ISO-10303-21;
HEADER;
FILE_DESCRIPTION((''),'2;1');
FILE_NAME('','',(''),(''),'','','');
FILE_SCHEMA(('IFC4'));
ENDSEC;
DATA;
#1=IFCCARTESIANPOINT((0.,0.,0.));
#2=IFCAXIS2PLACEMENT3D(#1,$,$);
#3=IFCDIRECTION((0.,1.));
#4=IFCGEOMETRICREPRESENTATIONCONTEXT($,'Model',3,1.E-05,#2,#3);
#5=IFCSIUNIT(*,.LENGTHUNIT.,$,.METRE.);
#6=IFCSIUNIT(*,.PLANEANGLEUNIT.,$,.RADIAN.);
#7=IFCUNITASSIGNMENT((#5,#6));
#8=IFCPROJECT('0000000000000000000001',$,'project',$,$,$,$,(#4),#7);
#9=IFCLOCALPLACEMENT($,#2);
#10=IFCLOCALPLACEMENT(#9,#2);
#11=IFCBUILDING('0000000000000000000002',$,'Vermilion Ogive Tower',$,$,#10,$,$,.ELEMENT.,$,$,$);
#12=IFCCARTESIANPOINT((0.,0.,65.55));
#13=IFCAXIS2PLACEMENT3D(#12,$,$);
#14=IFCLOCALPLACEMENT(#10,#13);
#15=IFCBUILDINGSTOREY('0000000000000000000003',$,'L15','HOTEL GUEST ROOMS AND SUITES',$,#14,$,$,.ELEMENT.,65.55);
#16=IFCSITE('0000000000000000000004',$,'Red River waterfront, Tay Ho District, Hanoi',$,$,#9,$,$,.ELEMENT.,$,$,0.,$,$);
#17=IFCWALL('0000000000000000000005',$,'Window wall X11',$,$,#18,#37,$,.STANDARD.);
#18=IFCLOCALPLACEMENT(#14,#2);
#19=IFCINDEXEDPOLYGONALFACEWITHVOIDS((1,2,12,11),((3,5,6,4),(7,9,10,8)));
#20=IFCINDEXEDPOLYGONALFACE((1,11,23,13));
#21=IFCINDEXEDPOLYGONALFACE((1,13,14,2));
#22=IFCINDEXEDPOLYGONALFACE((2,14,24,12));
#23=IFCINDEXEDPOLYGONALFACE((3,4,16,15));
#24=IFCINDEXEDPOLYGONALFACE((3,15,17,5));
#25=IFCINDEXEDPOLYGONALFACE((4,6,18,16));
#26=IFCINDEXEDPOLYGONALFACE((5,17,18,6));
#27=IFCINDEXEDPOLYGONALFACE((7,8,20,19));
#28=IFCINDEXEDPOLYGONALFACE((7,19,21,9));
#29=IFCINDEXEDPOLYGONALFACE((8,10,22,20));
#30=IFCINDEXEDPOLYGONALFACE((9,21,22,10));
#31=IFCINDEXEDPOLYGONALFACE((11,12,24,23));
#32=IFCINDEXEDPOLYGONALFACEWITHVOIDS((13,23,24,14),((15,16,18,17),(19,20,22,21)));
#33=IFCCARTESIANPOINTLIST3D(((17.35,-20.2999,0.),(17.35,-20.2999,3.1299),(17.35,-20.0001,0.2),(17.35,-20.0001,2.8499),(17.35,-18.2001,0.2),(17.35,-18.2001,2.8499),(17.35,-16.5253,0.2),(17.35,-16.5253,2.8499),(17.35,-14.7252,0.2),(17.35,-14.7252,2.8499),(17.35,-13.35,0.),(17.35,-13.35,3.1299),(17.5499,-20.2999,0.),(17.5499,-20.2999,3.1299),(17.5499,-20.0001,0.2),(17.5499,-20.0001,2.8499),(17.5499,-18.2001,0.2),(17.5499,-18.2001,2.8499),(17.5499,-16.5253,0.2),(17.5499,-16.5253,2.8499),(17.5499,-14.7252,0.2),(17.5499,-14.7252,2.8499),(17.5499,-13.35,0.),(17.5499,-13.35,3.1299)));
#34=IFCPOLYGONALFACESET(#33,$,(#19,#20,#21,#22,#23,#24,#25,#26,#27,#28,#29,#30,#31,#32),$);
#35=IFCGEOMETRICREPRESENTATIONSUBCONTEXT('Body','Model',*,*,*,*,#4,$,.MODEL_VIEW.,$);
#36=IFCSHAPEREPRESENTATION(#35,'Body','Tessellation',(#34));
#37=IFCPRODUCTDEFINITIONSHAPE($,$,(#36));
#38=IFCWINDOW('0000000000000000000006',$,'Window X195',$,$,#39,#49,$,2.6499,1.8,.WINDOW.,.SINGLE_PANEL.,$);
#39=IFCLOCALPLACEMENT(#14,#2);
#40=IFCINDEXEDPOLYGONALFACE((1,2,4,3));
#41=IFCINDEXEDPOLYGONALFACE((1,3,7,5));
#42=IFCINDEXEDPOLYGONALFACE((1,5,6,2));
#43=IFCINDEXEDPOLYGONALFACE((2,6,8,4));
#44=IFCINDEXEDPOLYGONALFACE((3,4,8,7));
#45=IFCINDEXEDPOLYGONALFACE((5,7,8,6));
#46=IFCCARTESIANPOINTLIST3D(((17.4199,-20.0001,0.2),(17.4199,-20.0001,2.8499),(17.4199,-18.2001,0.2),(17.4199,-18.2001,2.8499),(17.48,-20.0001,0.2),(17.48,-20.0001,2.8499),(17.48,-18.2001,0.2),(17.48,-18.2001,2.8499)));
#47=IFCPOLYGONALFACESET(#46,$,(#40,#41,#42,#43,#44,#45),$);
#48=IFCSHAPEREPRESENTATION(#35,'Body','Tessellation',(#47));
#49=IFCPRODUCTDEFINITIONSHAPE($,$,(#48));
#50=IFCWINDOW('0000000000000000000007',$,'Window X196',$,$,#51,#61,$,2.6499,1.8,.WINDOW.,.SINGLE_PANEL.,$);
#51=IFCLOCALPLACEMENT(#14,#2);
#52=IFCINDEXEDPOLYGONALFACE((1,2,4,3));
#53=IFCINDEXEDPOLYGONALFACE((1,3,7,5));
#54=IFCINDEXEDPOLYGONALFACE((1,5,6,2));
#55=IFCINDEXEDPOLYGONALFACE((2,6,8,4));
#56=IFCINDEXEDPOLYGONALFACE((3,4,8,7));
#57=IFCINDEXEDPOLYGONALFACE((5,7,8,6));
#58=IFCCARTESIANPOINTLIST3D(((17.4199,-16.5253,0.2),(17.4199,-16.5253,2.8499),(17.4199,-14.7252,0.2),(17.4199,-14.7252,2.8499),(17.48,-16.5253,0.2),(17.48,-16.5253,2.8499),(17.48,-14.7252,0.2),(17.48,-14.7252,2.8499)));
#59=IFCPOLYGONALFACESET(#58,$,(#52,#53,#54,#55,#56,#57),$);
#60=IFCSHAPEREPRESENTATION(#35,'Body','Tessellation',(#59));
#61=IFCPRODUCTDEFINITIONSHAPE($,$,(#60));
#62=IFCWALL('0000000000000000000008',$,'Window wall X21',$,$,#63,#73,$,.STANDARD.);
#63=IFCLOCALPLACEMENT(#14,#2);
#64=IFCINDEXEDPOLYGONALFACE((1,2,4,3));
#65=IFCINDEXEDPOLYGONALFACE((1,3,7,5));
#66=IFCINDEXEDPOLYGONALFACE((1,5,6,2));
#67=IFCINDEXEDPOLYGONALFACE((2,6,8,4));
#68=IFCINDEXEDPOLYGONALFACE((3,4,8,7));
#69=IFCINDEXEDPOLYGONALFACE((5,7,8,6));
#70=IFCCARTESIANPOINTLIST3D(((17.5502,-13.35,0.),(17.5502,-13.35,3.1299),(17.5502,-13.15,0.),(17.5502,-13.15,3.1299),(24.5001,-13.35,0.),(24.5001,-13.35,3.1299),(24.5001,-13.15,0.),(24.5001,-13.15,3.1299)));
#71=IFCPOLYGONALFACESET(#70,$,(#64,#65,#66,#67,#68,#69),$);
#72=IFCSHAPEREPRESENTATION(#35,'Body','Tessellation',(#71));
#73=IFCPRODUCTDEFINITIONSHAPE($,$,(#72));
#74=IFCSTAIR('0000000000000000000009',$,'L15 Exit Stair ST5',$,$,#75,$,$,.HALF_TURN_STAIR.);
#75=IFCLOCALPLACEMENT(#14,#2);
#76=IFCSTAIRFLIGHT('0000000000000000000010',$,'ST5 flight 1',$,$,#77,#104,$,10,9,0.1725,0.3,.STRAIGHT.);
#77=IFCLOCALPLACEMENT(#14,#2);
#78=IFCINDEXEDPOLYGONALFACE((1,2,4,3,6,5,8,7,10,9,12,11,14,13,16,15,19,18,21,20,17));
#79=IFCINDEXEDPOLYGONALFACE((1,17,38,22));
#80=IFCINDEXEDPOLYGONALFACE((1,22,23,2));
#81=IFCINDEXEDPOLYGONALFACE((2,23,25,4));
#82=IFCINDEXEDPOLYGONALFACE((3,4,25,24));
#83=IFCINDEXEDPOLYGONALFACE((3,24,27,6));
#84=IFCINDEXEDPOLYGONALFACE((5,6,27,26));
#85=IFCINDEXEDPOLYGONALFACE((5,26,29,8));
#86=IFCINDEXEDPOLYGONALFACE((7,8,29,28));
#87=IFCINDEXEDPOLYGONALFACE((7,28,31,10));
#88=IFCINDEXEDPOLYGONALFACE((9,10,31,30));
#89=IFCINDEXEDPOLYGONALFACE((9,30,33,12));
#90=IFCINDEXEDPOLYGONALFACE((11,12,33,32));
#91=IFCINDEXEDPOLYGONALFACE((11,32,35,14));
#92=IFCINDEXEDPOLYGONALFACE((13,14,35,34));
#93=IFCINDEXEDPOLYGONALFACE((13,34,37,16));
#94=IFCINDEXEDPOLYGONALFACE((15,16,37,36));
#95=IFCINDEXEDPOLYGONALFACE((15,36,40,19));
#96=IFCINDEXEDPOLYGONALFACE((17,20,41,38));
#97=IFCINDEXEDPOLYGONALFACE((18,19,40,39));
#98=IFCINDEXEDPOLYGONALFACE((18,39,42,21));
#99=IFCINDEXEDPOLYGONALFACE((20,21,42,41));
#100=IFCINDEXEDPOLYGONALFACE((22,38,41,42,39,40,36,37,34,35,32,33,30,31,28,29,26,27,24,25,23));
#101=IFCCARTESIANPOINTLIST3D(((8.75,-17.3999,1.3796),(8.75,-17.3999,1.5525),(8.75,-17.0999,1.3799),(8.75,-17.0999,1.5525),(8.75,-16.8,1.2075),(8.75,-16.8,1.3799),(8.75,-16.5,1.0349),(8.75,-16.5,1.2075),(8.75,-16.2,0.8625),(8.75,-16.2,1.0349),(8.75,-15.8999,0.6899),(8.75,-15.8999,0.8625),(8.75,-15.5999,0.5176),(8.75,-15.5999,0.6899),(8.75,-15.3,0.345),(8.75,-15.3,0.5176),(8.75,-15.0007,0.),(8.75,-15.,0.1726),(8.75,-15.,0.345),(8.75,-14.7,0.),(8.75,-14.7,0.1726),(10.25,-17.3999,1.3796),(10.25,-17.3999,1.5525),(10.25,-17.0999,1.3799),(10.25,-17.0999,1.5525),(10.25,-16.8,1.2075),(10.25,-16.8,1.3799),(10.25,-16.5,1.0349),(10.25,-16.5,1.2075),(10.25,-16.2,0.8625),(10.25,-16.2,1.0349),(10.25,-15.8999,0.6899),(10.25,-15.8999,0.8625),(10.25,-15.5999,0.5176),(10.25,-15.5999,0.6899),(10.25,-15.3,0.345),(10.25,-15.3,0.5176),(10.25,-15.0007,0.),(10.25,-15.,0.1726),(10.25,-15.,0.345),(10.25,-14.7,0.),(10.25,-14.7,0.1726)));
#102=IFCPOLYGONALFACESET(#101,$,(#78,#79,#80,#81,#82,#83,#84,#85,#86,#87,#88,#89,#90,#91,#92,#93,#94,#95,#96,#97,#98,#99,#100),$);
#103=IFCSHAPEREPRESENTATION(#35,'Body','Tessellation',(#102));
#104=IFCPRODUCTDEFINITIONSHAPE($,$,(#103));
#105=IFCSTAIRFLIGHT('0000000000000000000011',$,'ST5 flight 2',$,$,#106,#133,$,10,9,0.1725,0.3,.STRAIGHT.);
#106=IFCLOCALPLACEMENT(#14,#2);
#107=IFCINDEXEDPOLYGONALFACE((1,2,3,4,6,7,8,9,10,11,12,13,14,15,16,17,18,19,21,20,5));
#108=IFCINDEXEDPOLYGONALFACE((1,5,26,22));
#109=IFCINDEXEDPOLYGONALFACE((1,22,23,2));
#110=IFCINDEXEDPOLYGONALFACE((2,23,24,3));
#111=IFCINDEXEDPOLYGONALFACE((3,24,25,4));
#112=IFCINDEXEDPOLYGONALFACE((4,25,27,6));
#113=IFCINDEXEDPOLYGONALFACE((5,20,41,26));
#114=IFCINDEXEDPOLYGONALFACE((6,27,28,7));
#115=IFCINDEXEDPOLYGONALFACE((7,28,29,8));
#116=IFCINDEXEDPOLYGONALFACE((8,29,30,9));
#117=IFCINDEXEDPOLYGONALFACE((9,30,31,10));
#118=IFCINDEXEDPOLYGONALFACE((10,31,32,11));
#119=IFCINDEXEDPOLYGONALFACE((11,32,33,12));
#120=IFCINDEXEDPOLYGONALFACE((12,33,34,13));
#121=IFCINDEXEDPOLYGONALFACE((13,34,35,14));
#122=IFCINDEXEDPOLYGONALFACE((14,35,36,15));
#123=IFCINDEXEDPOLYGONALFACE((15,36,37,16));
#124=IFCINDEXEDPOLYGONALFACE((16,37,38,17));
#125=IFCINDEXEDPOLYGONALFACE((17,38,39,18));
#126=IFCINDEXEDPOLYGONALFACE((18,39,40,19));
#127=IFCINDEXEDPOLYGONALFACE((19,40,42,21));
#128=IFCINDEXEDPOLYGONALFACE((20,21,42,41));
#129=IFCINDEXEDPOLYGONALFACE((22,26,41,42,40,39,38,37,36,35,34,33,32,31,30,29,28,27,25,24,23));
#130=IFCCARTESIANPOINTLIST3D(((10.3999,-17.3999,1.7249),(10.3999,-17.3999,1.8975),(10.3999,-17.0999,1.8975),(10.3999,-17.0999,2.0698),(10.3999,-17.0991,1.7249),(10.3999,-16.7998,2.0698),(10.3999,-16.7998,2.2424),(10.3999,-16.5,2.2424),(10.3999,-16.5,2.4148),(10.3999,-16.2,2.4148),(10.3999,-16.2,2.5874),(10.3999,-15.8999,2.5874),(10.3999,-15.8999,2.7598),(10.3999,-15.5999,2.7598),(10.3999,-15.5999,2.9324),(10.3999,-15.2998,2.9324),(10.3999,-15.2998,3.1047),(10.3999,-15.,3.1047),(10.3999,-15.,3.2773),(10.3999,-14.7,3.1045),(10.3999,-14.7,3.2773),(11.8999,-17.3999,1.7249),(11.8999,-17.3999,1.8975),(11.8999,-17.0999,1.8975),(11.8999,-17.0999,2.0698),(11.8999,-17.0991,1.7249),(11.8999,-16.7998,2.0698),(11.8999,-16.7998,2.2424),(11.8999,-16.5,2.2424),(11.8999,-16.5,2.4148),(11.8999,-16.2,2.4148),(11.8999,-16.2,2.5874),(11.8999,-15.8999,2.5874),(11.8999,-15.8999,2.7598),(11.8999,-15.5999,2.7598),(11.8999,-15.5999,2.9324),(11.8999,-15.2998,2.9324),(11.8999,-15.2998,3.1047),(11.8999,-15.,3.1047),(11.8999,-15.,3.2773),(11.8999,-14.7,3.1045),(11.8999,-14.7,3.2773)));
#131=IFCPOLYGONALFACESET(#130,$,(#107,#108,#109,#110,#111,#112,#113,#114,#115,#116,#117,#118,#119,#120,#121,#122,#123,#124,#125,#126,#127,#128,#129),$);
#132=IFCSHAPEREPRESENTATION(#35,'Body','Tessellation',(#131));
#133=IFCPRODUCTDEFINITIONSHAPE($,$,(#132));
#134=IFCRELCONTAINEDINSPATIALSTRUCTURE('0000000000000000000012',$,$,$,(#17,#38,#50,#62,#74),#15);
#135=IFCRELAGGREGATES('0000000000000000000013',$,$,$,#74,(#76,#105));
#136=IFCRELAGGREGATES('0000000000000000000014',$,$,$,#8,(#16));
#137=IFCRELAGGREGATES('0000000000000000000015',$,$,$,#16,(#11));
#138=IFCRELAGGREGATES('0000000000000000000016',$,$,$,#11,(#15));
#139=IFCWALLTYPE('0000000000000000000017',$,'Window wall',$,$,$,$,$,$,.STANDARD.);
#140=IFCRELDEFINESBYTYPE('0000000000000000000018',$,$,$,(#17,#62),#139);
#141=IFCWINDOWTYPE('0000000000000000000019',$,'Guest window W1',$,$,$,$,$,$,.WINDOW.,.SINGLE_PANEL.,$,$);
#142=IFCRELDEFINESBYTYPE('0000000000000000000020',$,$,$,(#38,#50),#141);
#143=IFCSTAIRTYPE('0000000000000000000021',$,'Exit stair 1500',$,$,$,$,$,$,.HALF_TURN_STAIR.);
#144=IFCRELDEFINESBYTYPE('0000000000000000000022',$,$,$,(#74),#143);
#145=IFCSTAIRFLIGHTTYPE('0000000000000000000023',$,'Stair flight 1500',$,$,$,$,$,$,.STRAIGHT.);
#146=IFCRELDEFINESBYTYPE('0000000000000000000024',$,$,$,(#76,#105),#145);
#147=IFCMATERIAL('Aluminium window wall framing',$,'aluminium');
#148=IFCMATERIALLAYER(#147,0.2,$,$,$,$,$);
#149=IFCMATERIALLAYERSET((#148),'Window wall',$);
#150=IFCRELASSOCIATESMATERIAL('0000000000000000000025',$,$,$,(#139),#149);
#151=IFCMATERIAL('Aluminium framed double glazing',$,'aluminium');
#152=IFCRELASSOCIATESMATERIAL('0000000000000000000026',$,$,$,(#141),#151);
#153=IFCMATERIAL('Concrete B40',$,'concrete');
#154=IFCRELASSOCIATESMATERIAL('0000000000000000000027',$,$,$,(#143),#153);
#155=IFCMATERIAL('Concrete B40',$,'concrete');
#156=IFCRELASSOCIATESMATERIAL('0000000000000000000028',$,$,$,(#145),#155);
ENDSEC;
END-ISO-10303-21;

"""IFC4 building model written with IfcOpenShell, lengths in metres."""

from ifc_helpers import new_model, si_unit, direction, frame, frame_2d, origin, place, context, subcontext, project, spatial, polyline, rectangle, outline, extrude, material, layer, layer_set, type_object, element, fill, aggregate, save


model = new_model("IFC4")

# Units and contexts
model_context = context("Model", 3, precision=1e-05, world=origin(), true_north=direction((0.0, 1.0)))
body_context = subcontext(model_context, "Body", "Model", "MODEL_VIEW")
ifc_project = project(units=[si_unit("LENGTHUNIT", "METRE"), si_unit("PLANEANGLEUNIT", "RADIAN")], contexts=[model_context])

# Site, building, storey
site_placement = place(None, origin())
site = spatial("IfcSite", under=ifc_project, at=site_placement, Name="Red River waterfront, Tay Ho District, Hanoi", CompositionType="ELEMENT", RefElevation=0.0)
building_placement = place(site_placement, origin())
building = spatial("IfcBuilding", under=site, at=building_placement, Name="Vermilion Ogive Tower", CompositionType="ELEMENT")
storey_placement = place(building_placement, frame((0.0, 0.0, 65.55)))
storey = spatial("IfcBuildingStorey", under=building, at=storey_placement, Name="L15", Description="HOTEL GUEST ROOMS AND SUITES", CompositionType="ELEMENT", Elevation=65.55)

# Shared definitions
ifc_material_1 = material(Name="Aluminium window wall framing", Category="aluminium")
ifc_layer_1 = layer(ifc_material_1, 0.2)
ifc_layer_set_1 = layer_set([ifc_layer_1], Name="Window wall")
wall_type_1 = type_object("IfcWallType", Name="Window wall", PredefinedType="STANDARD", material=ifc_layer_set_1)
ifc_material_2 = material(Name="Aluminium framed double glazing", Category="aluminium")
window_type = type_object("IfcWindowType", Name="Guest window W1", PartitioningType="SINGLE_PANEL", PredefinedType="WINDOW", material=ifc_material_2)

# Wall, openings, windows
wall_1_placement = place(storey_placement, frame((17.45, -20.3, 0.0), z_axis=(0.0, 0.0, 1.0), x_axis=(0.0, 1.0, 0.0)))
wall_1 = element("IfcWall", 1, at=wall_1_placement, inside=storey, type_object=wall_type_1, Name="Window wall X11", PredefinedType="STANDARD", context=body_context, shape_type="SweptSolid", body=[
    extrude(rectangle(XDim=6.95, YDim=0.2, at=frame_2d((3.4751, 0.0))), origin(), (0.0, 0.0, 1.0), 3.1299),
])
opening_1_placement = place(wall_1_placement, frame((0.3, 0.0, 0.2)))
opening_1 = element("IfcOpeningElement", 2, at=opening_1_placement, cuts=wall_1, PredefinedType="OPENING", context=body_context, shape_type="SweptSolid", body=[
    extrude(rectangle(XDim=1.8, YDim=2.6499, at=frame_2d((0.8999, 1.325))), frame((0.0, 0.1099, 0.0), z_axis=(0.0, -1.0, 0.0), x_axis=(1.0, 0.0, 0.0)), (0.0, 0.0, 1.0), 0.22),
])
opening_2_placement = place(wall_1_placement, frame((3.7749, 0.0, 0.2)))
opening_2 = element("IfcOpeningElement", 3, at=opening_2_placement, cuts=wall_1, PredefinedType="OPENING", context=body_context, shape_type="SweptSolid", body=[
    extrude(rectangle(XDim=1.8, YDim=2.6499, at=frame_2d((0.8999, 1.325))), frame((0.0, 0.1099, 0.0), z_axis=(0.0, -1.0, 0.0), x_axis=(1.0, 0.0, 0.0)), (0.0, 0.0, 1.0), 0.22),
])
window_1_placement = place(opening_1_placement, origin())
window_1 = element("IfcWindow", 4, at=window_1_placement, inside=storey, type_object=window_type, Name="Window X195", OverallHeight=2.6499, OverallWidth=1.8, PartitioningType="SINGLE_PANEL", PredefinedType="WINDOW", context=body_context, shape_type="SweptSolid", body=[
    extrude(rectangle(XDim=1.8, YDim=2.6499, at=frame_2d((0.8999, 1.325))), frame((0.0, 0.03, 0.0), z_axis=(0.0, -1.0, 0.0), x_axis=(1.0, 0.0, 0.0)), (0.0, 0.0, 1.0), 0.0601),
])
fill(opening_1, window_1)
window_2_placement = place(opening_2_placement, origin())
window_2 = element("IfcWindow", 5, at=window_2_placement, inside=storey, type_object=window_type, Name="Window X196", OverallHeight=2.6499, OverallWidth=1.8, PartitioningType="SINGLE_PANEL", PredefinedType="WINDOW", context=body_context, shape_type="SweptSolid", body=[
    extrude(rectangle(XDim=1.8, YDim=2.6499, at=frame_2d((0.8999, 1.325))), frame((0.0, 0.03, 0.0), z_axis=(0.0, -1.0, 0.0), x_axis=(1.0, 0.0, 0.0)), (0.0, 0.0, 1.0), 0.0601),
])
fill(opening_2, window_2)

# Wall
wall_2_placement = place(storey_placement, frame((17.55, -13.25, 0.0), z_axis=(0.0, 0.0, 1.0), x_axis=(1.0, 0.0, 0.0)))
element("IfcWall", 6, at=wall_2_placement, inside=storey, type_object=wall_type_1, Name="Window wall X21", PredefinedType="STANDARD", context=body_context, shape_type="SweptSolid", body=[
    extrude(rectangle(XDim=6.95, YDim=0.2, at=frame_2d((3.4751, 0.0))), origin(), (0.0, 0.0, 1.0), 3.1299),
])

# Stair, stair flights
ifc_material_3 = material(Name="Concrete B40", Category="concrete")
stair_type = type_object("IfcStairType", Name="Exit stair 1500", PredefinedType="HALF_TURN_STAIR", material=ifc_material_3)
stair_placement = place(storey_placement, origin())
stair = element("IfcStair", 7, at=stair_placement, inside=storey, type_object=stair_type, Name="L15 Exit Stair ST5", PredefinedType="HALF_TURN_STAIR")
ifc_material_4 = material(Name="Concrete B40", Category="concrete")
stair_flight_type = type_object("IfcStairFlightType", Name="Stair flight 1500", PredefinedType="STRAIGHT", material=ifc_material_4)
stair_flight_1_placement = place(storey_placement, frame((9.5, -14.7, 0.0), z_axis=(0.0, 0.0, 1.0), x_axis=(0.0, -1.0, 0.0)))
stair_flight_1 = element("IfcStairFlight", 8, at=stair_flight_1_placement, type_object=stair_flight_type, Name="ST5 flight 1", NumberOfRisers=10, NumberOfTreads=9, PredefinedType="STRAIGHT", RiserHeight=0.1725, TreadLength=0.3, context=body_context, shape_type="SweptSolid", body=[
    extrude(outline(polyline([(0.0, 0.0), (0.0, 0.1726), (0.3, 0.1726), (0.3, 0.345), (0.6001, 0.345), (0.6001, 0.5176), (0.8999, 0.5176), (0.8999, 0.6899), (1.2, 0.6899), (1.2, 0.8625), (1.5, 0.8625), (1.5, 1.0349), (1.8, 1.0349), (1.8, 1.2075), (2.1001, 1.2075), (2.1001, 1.3799), (2.3999, 1.3799), (2.3999, 1.5525), (2.7, 1.5525), (2.7, 1.7251), (2.7, 1.3796), (0.3008, 0.0), (0.0, 0.0)])), frame((0.0, 0.75, 0.0), z_axis=(0.0, -1.0, 0.0), x_axis=(1.0, 0.0, 0.0)), (0.0, 0.0, 1.0), 1.5),
])
stair_flight_2_placement = place(storey_placement, frame((11.1499, -17.3999, 1.7249), z_axis=(0.0, 0.0, 1.0), x_axis=(0.0, 1.0, 0.0)))
stair_flight_2 = element("IfcStairFlight", 9, at=stair_flight_2_placement, type_object=stair_flight_type, Name="ST5 flight 2", NumberOfRisers=10, NumberOfTreads=9, PredefinedType="STRAIGHT", RiserHeight=0.1725, TreadLength=0.3, context=body_context, shape_type="SweptSolid", body=[
    extrude(outline(polyline([(0.0, 0.0), (0.0, 0.1726), (0.3, 0.1726), (0.3, 0.345), (0.6001, 0.345), (0.6001, 0.5176), (0.8999, 0.5176), (0.8999, 0.6899), (1.2, 0.6899), (1.2, 0.8625), (1.5, 0.8625), (1.5, 1.0349), (1.8, 1.0349), (1.8, 1.2075), (2.1001, 1.2075), (2.1001, 1.3799), (2.3999, 1.3799), (2.3999, 1.5525), (2.7, 1.5525), (2.7, 1.7251), (2.7, 1.3796), (0.3008, 0.0), (0.0, 0.0)])), frame((0.0, 0.75, 0.0), z_axis=(0.0, -1.0, 0.0), x_axis=(1.0, 0.0, 0.0)), (0.0, 0.0, 1.0), 1.5),
])
aggregate(stair, [stair_flight_1, stair_flight_2])

save(model, "model.ifc")
